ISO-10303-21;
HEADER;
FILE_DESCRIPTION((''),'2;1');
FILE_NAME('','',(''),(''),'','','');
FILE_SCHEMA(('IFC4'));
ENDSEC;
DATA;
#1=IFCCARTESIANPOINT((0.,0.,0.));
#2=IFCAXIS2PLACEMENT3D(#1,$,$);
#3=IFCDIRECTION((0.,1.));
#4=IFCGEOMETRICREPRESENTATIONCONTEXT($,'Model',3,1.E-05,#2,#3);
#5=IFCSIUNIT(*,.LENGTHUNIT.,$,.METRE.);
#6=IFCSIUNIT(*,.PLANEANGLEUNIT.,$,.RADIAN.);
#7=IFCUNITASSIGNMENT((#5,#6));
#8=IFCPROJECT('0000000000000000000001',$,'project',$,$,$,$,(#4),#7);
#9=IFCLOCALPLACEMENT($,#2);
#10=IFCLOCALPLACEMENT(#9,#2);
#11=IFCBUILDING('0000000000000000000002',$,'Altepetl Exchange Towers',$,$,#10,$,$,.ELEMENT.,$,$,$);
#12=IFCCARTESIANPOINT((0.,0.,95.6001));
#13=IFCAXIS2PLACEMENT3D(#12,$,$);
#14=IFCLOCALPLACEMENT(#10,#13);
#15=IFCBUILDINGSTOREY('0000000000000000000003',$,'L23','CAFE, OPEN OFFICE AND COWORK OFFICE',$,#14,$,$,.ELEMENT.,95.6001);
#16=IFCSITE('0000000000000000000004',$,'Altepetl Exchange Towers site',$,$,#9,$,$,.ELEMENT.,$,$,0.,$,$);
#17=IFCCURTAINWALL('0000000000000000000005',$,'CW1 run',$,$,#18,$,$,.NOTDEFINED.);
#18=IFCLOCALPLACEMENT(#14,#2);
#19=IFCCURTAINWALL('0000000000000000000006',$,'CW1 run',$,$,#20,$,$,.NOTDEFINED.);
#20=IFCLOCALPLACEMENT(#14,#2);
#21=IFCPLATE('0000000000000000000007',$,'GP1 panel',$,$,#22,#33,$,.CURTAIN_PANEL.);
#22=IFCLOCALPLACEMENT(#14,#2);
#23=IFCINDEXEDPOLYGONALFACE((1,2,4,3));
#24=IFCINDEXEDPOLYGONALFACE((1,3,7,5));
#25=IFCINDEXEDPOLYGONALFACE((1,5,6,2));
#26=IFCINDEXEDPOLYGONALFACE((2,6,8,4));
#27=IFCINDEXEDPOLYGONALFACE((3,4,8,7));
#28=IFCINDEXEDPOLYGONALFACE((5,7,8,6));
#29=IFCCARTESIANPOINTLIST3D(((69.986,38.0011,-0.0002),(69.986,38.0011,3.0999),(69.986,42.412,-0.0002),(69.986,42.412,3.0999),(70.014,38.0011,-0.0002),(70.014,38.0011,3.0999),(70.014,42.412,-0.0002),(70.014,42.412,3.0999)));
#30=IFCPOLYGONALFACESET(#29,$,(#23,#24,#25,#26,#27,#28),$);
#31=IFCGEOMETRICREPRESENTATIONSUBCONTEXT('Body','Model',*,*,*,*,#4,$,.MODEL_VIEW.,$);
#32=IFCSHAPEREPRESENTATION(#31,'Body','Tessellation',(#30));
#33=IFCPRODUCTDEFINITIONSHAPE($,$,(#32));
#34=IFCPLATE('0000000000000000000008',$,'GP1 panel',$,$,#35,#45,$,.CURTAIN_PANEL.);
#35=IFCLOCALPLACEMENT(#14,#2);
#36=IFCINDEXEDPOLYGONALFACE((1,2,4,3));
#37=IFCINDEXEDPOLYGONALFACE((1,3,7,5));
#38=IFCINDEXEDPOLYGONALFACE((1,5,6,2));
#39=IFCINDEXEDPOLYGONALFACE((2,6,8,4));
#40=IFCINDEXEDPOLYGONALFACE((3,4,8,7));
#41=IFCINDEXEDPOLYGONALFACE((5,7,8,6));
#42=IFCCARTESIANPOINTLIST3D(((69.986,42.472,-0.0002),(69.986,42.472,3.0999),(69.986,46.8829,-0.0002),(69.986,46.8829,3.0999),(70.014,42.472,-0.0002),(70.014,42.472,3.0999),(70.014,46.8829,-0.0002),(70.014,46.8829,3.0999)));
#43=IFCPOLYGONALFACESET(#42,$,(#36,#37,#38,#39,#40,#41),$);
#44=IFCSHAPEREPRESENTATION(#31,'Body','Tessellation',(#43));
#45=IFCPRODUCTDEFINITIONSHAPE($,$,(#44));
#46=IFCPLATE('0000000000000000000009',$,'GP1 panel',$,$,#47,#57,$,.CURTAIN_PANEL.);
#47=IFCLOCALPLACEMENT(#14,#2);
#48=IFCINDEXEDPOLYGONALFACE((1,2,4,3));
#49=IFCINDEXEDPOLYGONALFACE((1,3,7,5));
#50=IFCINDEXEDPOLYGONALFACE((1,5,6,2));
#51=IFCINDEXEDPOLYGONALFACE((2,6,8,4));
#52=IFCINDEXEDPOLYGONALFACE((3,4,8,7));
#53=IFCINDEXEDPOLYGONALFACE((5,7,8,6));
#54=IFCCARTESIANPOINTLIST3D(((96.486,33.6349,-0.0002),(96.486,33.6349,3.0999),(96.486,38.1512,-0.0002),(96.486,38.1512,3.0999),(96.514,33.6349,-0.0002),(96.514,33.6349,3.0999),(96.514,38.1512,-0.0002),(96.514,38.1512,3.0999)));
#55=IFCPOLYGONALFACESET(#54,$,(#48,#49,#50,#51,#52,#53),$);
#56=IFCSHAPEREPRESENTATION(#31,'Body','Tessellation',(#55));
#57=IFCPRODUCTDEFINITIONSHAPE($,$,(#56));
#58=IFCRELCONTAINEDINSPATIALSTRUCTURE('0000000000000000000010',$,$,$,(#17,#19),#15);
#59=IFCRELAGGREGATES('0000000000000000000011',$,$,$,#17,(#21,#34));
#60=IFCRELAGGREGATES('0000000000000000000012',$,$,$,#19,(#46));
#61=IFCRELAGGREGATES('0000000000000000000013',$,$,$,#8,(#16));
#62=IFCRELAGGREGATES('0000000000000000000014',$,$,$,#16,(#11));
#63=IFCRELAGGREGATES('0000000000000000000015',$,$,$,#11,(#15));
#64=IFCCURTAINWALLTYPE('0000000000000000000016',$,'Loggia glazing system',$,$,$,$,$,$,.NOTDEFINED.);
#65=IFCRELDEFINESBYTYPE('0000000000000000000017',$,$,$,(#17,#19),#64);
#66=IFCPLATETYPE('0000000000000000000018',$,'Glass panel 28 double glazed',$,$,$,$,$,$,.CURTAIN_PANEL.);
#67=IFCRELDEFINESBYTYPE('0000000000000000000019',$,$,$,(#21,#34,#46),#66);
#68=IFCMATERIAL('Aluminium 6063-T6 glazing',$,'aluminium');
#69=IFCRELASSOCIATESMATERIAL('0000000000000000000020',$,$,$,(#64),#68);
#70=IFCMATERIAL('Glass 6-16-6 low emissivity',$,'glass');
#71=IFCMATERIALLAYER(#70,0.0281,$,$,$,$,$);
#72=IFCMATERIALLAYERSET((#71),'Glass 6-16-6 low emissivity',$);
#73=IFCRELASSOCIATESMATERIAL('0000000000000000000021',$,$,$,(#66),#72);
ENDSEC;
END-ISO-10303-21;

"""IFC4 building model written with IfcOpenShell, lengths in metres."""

from ifc_helpers import new_model, si_unit, direction, frame, origin, origin_2d, place, context, subcontext, project, spatial, rectangle, extrude, material, layer, layer_set, type_object, element, aggregate, save


model = new_model("IFC4")

# Units and contexts
model_context = context("Model", 3, precision=1e-05, world=origin(), true_north=direction((0.0, 1.0)))
body_context = subcontext(model_context, "Body", "Model", "MODEL_VIEW")
ifc_project = project(units=[si_unit("LENGTHUNIT", "METRE"), si_unit("PLANEANGLEUNIT", "RADIAN")], contexts=[model_context])

# Site, building, storey
site_placement = place(None, origin())
site = spatial("IfcSite", under=ifc_project, at=site_placement, Name="Altepetl Exchange Towers site", CompositionType="ELEMENT", RefElevation=0.0)
building_placement = place(site_placement, origin())
building = spatial("IfcBuilding", under=site, at=building_placement, Name="Altepetl Exchange Towers", CompositionType="ELEMENT")
storey_placement = place(building_placement, frame((0.0, 0.0, 95.6001)))
storey = spatial("IfcBuildingStorey", under=building, at=storey_placement, Name="L23", Description="CAFE, OPEN OFFICE AND COWORK OFFICE", CompositionType="ELEMENT", Elevation=95.6001)

# Shared definitions
ifc_material_1 = material(Name="Aluminium 6063-T6 glazing", Category="aluminium")
curtain_wall_type = type_object("IfcCurtainWallType", Name="Loggia glazing system", PredefinedType="NOTDEFINED", material=ifc_material_1)

# Curtain wall
curtain_wall_1_placement = place(storey_placement, origin())
curtain_wall_1 = element("IfcCurtainWall", 1, at=curtain_wall_1_placement, inside=storey, type_object=curtain_wall_type, Name="CW1 run", PredefinedType="NOTDEFINED")

# Curtain wall
curtain_wall_2_placement = place(storey_placement, origin())
curtain_wall_2 = element("IfcCurtainWall", 2, at=curtain_wall_2_placement, inside=storey, type_object=curtain_wall_type, Name="CW1 run", PredefinedType="NOTDEFINED")

# Plates
ifc_material_2 = material(Name="Glass 6-16-6 low emissivity", Category="glass")
ifc_layer = layer(ifc_material_2, 0.0281)
ifc_layer_set = layer_set([ifc_layer], Name="Glass 6-16-6 low emissivity")
plate_type = type_object("IfcPlateType", Name="Glass panel 28 double glazed", PredefinedType="CURTAIN_PANEL", material=ifc_layer_set)
plate_1_placement = place(storey_placement, frame((70.0, 40.2065, -0.0002), z_axis=(0.0, 0.0, 1.0), x_axis=(0.0, 1.0, 0.0)))
plate_1 = element("IfcPlate", 3, at=plate_1_placement, type_object=plate_type, Name="GP1 panel", PredefinedType="CURTAIN_PANEL", context=body_context, shape_type="SweptSolid", body=[
    extrude(rectangle(XDim=4.4109, YDim=0.0281, at=origin_2d()), origin(), (0.0, 0.0, 1.0), 3.1001),
])
plate_2_placement = place(storey_placement, frame((70.0, 44.6775, -0.0002), z_axis=(0.0, 0.0, 1.0), x_axis=(0.0, 1.0, 0.0)))
plate_2 = element("IfcPlate", 4, at=plate_2_placement, type_object=plate_type, Name="GP1 panel", PredefinedType="CURTAIN_PANEL", context=body_context, shape_type="SweptSolid", body=[
    extrude(rectangle(XDim=4.4109, YDim=0.0281, at=origin_2d()), origin(), (0.0, 0.0, 1.0), 3.1001),
])
aggregate(curtain_wall_1, [plate_1, plate_2])
plate_3_placement = place(storey_placement, frame((96.5, 35.8931, -0.0002), z_axis=(0.0, 0.0, 1.0), x_axis=(0.0, -1.0, 0.0)))
plate_3 = element("IfcPlate", 5, at=plate_3_placement, type_object=plate_type, Name="GP1 panel", PredefinedType="CURTAIN_PANEL", context=body_context, shape_type="SweptSolid", body=[
    extrude(rectangle(XDim=4.5164, YDim=0.0281, at=origin_2d()), origin(), (0.0, 0.0, 1.0), 3.1001),
])
aggregate(curtain_wall_2, [plate_3])

save(model, "model.ifc")
